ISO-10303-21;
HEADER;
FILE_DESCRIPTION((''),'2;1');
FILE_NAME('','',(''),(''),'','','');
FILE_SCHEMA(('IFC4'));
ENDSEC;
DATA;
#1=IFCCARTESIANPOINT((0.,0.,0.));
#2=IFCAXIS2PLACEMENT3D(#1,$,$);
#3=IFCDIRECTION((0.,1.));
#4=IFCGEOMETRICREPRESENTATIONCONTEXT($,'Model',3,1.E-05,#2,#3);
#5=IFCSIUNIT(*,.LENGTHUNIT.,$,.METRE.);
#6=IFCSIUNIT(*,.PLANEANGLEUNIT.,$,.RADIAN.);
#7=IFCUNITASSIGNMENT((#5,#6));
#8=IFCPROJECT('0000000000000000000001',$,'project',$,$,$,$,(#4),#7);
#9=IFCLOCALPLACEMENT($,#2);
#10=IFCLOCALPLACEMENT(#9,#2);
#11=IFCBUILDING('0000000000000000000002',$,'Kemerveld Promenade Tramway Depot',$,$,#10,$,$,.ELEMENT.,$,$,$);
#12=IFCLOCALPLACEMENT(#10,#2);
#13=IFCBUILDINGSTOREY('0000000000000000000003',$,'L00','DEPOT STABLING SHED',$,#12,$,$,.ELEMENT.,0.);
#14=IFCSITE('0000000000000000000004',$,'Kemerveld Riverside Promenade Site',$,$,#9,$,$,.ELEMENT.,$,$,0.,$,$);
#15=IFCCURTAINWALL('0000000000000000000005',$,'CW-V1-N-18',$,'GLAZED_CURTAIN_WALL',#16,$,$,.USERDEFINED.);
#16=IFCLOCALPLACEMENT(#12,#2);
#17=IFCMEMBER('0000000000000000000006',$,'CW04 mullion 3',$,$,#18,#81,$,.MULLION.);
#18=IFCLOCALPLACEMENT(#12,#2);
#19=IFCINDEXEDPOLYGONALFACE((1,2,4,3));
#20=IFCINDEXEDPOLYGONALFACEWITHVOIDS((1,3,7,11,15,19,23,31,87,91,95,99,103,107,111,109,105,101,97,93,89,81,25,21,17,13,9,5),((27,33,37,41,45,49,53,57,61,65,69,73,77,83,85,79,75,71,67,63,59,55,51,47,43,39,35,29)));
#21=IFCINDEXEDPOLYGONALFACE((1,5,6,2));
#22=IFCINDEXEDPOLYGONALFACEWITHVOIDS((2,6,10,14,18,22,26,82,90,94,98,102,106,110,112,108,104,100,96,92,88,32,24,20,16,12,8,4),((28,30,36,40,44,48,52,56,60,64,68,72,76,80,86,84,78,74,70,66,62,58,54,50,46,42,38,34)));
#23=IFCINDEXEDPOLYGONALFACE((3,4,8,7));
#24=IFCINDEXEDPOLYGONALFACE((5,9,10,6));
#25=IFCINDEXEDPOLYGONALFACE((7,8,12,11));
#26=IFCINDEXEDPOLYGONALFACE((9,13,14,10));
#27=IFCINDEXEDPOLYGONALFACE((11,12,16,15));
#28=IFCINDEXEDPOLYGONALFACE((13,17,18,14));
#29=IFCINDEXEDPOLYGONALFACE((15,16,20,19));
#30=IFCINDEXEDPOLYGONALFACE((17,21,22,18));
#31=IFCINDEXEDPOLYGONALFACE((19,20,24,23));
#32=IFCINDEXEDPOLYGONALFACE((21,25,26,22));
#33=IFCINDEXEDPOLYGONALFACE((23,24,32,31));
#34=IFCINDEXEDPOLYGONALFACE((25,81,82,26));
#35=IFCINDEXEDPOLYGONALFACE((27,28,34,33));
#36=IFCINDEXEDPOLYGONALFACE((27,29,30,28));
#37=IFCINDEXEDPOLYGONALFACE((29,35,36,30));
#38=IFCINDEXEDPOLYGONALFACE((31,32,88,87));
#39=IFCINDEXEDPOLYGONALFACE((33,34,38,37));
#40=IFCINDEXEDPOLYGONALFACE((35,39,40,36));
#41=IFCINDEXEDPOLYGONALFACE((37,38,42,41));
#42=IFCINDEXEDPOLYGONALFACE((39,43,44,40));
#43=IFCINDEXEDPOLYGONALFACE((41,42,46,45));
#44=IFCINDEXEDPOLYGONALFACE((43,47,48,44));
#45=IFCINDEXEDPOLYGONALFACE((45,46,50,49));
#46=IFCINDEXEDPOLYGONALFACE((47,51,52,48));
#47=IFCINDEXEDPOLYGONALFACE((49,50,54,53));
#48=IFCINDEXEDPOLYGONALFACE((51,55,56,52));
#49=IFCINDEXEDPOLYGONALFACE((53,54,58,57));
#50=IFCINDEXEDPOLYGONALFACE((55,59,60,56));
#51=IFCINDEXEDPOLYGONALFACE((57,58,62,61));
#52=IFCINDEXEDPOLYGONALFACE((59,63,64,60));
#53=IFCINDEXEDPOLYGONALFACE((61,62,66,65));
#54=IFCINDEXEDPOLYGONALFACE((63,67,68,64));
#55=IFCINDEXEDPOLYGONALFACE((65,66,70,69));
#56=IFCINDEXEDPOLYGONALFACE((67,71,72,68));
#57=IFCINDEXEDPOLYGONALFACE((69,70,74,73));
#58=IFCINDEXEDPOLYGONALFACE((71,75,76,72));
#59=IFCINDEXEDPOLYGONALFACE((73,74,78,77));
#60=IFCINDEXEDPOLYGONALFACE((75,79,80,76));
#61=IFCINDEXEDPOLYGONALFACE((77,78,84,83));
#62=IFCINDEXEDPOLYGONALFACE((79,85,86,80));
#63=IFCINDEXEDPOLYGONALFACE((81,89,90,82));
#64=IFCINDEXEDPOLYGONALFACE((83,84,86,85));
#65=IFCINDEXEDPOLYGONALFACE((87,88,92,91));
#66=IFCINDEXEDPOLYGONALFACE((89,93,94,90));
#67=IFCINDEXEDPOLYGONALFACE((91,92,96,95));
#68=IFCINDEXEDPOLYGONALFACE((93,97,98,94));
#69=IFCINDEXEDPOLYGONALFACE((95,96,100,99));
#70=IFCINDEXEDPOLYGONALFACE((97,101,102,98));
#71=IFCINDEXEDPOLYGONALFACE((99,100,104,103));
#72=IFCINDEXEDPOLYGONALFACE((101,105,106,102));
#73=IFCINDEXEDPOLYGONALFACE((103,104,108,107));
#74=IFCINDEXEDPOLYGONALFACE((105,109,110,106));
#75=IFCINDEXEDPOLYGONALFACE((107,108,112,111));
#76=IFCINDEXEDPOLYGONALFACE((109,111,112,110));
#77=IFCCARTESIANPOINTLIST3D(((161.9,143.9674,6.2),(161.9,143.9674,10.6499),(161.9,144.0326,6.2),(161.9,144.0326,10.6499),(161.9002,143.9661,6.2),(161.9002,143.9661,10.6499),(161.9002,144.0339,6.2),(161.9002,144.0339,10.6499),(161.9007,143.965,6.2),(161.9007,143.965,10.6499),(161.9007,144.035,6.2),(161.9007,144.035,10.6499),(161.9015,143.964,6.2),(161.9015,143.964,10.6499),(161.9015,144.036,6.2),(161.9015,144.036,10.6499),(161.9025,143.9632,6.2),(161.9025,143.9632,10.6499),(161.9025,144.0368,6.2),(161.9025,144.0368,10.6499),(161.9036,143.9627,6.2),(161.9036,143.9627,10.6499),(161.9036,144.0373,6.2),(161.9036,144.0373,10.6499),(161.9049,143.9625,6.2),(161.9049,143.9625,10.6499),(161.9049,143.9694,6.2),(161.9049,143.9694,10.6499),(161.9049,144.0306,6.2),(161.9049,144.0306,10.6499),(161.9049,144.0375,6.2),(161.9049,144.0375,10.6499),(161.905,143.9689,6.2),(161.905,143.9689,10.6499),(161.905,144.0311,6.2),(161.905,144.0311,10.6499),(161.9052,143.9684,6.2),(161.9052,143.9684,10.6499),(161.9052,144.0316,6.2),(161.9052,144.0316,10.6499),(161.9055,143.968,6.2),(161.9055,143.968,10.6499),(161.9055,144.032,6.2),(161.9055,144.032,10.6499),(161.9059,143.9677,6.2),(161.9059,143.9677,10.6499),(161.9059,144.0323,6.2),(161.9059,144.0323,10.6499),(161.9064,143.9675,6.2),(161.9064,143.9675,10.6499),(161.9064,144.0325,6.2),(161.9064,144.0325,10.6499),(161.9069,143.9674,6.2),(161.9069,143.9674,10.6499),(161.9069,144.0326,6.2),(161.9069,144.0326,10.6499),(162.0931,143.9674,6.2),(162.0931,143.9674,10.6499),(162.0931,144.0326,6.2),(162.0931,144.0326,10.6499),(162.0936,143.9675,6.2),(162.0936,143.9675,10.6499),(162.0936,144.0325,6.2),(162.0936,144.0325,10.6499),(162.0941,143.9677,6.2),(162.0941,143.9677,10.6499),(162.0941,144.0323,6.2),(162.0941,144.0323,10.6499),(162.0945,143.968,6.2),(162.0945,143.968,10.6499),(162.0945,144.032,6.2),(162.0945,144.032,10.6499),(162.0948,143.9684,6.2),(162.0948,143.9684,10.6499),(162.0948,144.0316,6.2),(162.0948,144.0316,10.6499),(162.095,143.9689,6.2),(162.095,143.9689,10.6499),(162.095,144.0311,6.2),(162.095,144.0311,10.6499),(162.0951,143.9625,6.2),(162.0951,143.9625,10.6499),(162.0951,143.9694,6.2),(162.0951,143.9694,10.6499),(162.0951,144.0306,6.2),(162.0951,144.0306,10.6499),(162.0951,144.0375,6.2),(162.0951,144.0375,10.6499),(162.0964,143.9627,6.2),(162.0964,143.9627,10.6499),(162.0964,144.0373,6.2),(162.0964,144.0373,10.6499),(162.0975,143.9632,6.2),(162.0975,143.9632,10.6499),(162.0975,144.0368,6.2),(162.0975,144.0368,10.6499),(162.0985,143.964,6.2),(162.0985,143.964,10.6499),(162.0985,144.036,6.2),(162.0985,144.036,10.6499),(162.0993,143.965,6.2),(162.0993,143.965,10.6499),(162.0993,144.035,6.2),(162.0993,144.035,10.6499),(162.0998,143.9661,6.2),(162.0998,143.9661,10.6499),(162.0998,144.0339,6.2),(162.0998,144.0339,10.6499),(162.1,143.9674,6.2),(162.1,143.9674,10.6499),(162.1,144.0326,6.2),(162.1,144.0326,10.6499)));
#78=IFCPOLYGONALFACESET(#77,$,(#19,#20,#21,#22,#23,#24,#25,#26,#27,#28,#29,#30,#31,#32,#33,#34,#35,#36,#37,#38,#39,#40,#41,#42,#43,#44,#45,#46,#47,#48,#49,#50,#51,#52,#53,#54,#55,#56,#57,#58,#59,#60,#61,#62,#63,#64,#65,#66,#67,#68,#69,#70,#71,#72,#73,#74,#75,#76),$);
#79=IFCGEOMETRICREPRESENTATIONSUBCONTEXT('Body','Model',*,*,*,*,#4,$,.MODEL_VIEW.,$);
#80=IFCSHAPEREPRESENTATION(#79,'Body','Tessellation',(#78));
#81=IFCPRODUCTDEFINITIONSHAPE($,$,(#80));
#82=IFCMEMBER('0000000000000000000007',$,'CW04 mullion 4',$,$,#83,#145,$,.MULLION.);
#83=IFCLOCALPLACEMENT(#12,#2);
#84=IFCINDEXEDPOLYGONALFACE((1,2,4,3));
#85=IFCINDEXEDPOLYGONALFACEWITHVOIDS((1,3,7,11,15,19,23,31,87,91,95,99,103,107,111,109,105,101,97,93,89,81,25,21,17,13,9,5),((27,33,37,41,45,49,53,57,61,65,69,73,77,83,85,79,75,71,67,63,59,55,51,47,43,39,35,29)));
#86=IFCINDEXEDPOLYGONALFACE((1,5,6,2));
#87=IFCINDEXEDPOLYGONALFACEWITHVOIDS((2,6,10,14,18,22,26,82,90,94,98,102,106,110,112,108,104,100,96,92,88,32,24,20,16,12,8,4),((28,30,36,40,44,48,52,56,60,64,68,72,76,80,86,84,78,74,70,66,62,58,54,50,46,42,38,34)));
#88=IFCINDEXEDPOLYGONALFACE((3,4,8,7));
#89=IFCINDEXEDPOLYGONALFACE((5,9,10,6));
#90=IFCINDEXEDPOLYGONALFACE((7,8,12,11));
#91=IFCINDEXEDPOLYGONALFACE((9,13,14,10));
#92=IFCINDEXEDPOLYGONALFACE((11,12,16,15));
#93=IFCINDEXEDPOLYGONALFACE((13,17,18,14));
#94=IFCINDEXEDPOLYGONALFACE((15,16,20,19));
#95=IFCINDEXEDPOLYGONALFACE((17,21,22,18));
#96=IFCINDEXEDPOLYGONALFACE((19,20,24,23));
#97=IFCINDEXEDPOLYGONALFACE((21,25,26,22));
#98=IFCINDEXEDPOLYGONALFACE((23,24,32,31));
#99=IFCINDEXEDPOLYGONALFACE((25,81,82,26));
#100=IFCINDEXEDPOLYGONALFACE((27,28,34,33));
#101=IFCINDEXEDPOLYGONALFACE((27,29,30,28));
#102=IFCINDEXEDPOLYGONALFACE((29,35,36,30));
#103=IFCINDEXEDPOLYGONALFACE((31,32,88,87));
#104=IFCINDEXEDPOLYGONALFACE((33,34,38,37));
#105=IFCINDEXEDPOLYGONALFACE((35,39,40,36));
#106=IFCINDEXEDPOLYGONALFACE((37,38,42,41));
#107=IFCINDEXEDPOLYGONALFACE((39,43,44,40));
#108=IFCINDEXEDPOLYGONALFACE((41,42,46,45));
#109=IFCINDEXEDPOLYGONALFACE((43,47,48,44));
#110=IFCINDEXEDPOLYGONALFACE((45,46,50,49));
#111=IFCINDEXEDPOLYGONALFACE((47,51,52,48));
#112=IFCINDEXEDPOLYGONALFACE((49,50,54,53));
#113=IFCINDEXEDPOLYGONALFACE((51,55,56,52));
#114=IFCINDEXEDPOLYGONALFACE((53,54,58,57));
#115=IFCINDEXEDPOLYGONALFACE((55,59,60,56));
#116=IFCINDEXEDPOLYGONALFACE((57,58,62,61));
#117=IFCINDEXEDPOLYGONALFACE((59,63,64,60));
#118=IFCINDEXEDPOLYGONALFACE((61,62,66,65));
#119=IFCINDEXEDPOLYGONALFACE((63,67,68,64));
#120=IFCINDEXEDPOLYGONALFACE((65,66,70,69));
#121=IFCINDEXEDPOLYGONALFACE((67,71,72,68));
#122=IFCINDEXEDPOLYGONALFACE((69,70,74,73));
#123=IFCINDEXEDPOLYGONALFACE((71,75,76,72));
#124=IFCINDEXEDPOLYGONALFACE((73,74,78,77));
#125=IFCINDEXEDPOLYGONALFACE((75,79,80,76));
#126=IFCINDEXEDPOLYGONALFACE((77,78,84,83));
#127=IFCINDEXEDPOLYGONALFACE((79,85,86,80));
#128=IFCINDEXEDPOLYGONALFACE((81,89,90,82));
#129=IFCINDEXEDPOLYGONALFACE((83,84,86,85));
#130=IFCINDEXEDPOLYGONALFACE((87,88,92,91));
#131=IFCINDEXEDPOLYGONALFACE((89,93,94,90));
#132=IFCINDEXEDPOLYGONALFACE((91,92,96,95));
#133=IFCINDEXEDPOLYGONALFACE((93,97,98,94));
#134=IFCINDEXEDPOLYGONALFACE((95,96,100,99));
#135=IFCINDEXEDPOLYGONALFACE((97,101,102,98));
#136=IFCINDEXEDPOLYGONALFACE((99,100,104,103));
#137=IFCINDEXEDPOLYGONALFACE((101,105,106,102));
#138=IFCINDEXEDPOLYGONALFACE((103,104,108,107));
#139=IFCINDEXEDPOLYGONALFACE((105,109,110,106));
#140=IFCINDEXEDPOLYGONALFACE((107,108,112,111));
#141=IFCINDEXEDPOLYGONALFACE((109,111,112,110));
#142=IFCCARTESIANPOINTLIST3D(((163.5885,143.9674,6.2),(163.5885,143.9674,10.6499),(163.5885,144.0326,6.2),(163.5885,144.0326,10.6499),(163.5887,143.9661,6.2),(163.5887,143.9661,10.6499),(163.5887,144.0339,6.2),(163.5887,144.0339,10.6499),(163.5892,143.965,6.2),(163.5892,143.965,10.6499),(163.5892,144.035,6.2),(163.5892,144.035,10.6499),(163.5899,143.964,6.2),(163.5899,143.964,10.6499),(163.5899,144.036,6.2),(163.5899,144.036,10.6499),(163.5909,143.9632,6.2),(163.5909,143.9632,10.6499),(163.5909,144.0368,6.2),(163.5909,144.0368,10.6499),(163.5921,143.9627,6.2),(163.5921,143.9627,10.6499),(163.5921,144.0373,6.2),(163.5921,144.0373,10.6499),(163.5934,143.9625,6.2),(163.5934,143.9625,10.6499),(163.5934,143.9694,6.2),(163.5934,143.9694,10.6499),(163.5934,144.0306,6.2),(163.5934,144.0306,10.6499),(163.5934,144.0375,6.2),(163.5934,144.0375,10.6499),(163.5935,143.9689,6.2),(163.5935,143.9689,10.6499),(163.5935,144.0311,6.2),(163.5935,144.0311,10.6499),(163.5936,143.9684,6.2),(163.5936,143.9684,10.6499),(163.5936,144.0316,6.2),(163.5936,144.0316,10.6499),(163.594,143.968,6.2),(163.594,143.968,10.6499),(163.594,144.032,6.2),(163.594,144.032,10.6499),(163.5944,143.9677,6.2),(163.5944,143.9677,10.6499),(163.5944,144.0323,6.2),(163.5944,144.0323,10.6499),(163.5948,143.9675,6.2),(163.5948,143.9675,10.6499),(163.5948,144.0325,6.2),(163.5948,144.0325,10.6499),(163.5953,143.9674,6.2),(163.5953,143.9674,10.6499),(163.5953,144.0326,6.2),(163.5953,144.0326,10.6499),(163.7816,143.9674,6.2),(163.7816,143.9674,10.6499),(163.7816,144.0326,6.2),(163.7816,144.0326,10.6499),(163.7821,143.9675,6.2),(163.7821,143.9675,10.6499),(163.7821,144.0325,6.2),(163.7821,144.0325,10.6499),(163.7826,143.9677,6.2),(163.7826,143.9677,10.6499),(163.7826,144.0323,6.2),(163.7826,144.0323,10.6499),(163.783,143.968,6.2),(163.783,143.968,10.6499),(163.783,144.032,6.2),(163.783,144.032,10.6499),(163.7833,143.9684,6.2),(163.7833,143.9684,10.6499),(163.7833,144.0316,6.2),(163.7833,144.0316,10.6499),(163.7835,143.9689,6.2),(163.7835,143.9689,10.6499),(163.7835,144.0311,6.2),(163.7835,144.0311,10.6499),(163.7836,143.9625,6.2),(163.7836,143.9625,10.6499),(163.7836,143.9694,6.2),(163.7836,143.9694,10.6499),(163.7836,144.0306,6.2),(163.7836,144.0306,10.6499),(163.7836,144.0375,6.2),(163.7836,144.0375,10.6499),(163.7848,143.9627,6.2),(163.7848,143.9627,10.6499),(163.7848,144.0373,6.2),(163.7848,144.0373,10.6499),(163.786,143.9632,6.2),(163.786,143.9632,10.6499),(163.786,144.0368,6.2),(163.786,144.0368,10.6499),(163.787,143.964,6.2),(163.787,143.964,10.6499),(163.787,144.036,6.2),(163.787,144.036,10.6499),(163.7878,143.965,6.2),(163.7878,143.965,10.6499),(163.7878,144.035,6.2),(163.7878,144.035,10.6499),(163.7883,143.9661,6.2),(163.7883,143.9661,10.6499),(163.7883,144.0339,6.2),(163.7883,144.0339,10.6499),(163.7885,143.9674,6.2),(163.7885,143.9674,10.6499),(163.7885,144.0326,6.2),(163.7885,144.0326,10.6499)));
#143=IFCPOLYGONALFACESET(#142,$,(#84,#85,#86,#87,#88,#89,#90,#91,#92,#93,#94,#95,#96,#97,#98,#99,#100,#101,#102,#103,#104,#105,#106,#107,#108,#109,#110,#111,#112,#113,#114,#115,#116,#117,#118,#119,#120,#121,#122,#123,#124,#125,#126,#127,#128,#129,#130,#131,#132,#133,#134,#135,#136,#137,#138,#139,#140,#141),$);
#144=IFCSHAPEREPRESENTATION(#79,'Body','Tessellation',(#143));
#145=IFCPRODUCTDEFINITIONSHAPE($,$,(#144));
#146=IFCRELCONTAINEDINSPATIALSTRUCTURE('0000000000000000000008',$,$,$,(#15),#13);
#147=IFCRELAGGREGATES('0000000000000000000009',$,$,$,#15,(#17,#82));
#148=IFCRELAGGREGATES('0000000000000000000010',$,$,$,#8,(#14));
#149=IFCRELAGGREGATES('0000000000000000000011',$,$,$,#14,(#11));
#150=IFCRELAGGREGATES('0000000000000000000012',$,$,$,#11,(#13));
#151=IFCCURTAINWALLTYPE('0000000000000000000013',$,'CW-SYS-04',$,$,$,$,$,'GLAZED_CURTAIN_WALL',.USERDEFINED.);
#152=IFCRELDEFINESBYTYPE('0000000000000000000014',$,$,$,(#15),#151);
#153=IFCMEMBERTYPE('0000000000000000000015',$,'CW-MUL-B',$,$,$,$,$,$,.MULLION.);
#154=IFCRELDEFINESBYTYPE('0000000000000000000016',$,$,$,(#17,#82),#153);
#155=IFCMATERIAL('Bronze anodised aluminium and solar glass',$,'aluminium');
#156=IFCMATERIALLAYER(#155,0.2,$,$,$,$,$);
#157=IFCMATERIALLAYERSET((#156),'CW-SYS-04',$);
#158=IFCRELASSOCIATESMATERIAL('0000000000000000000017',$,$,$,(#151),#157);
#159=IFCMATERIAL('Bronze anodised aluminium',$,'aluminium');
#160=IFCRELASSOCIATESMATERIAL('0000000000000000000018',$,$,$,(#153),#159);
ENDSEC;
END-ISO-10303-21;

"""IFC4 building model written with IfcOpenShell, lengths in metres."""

from ifc_helpers import new_model, si_unit, direction, frame, origin, origin_2d, place, context, subcontext, project, spatial, hollow_rectangle, extrude, material, layer, layer_set, material_profile, profile_set, type_object, element, aggregate, save


model = new_model("IFC4")

# Units and contexts
model_context = context("Model", 3, precision=1e-05, world=origin(), true_north=direction((0.0, 1.0)))
body_context = subcontext(model_context, "Body", "Model", "MODEL_VIEW")
ifc_project = project(units=[si_unit("LENGTHUNIT", "METRE"), si_unit("PLANEANGLEUNIT", "RADIAN")], contexts=[model_context])

# Site, building, storey
site_placement = place(None, origin())
site = spatial("IfcSite", under=ifc_project, at=site_placement, Name="Kemerveld Riverside Promenade Site", CompositionType="ELEMENT", RefElevation=0.0)
building_placement = place(site_placement, origin())
building = spatial("IfcBuilding", under=site, at=building_placement, Name="Kemerveld Promenade Tramway Depot", CompositionType="ELEMENT")
storey_placement = place(building_placement, origin())
storey = spatial("IfcBuildingStorey", under=building, at=storey_placement, Name="L00", Description="DEPOT STABLING SHED", CompositionType="ELEMENT", Elevation=0.0)

# Shared definitions
ifc_material_1 = material(Name="Bronze anodised aluminium and solar glass", Category="aluminium")
ifc_material_2 = material(Name="Bronze anodised aluminium", Category="aluminium")

# Curtain wall, members
ifc_layer_1 = layer(ifc_material_1, 0.2)
ifc_layer_set_1 = layer_set([ifc_layer_1], Name="CW-SYS-04")
curtain_wall_type_1 = type_object("IfcCurtainWallType", Name="CW-SYS-04", ElementType="GLAZED_CURTAIN_WALL", PredefinedType="USERDEFINED", material=ifc_layer_set_1)
curtain_wall_1_placement = place(storey_placement, origin())
curtain_wall_1 = element("IfcCurtainWall", 1, at=curtain_wall_1_placement, inside=storey, type_object=curtain_wall_type_1, Name="CW-V1-N-18", ObjectType="GLAZED_CURTAIN_WALL", PredefinedType="USERDEFINED")
ifc_material_profile_1 = material_profile(ifc_material_2, hollow_rectangle(XDim=0.075, YDim=0.2, WallThickness=0.0049, InnerFilletRadius=0.002, OuterFilletRadius=0.0049, at=origin_2d()), Name="CW-MUL-200x75")
ifc_profile_set_1 = profile_set([ifc_material_profile_1], Name="Bronze anodised aluminium")
member_type_1 = type_object("IfcMemberType", Name="CW-MUL-B", PredefinedType="MULLION", material=ifc_profile_set_1)
member_1_placement = place(storey_placement, frame((162.0, 144.0, 6.2), z_axis=(0.0, 0.0, 1.0), x_axis=(0.0, 1.0, 0.0)))
member_1 = element("IfcMember", 2, at=member_1_placement, type_object=member_type_1, Name="CW04 mullion 3", PredefinedType="MULLION", context=body_context, shape_type="SweptSolid", body=[
    extrude(hollow_rectangle(XDim=0.075, YDim=0.2, WallThickness=0.0049, InnerFilletRadius=0.002, OuterFilletRadius=0.0049, at=origin_2d()), origin(), (0.0, 0.0, 1.0), 4.45),
])
member_2_placement = place(storey_placement, frame((163.6885, 144.0, 6.2), z_axis=(0.0, 0.0, 1.0), x_axis=(0.0, 1.0, 0.0)))
member_2 = element("IfcMember", 3, at=member_2_placement, type_object=member_type_1, Name="CW04 mullion 4", PredefinedType="MULLION", context=body_context, shape_type="SweptSolid", body=[
    extrude(hollow_rectangle(XDim=0.075, YDim=0.2, WallThickness=0.0049, InnerFilletRadius=0.002, OuterFilletRadius=0.0049, at=origin_2d()), origin(), (0.0, 0.0, 1.0), 4.45),
])

aggregate(curtain_wall_1, [member_1, member_2])

save(model, "model.ifc")
